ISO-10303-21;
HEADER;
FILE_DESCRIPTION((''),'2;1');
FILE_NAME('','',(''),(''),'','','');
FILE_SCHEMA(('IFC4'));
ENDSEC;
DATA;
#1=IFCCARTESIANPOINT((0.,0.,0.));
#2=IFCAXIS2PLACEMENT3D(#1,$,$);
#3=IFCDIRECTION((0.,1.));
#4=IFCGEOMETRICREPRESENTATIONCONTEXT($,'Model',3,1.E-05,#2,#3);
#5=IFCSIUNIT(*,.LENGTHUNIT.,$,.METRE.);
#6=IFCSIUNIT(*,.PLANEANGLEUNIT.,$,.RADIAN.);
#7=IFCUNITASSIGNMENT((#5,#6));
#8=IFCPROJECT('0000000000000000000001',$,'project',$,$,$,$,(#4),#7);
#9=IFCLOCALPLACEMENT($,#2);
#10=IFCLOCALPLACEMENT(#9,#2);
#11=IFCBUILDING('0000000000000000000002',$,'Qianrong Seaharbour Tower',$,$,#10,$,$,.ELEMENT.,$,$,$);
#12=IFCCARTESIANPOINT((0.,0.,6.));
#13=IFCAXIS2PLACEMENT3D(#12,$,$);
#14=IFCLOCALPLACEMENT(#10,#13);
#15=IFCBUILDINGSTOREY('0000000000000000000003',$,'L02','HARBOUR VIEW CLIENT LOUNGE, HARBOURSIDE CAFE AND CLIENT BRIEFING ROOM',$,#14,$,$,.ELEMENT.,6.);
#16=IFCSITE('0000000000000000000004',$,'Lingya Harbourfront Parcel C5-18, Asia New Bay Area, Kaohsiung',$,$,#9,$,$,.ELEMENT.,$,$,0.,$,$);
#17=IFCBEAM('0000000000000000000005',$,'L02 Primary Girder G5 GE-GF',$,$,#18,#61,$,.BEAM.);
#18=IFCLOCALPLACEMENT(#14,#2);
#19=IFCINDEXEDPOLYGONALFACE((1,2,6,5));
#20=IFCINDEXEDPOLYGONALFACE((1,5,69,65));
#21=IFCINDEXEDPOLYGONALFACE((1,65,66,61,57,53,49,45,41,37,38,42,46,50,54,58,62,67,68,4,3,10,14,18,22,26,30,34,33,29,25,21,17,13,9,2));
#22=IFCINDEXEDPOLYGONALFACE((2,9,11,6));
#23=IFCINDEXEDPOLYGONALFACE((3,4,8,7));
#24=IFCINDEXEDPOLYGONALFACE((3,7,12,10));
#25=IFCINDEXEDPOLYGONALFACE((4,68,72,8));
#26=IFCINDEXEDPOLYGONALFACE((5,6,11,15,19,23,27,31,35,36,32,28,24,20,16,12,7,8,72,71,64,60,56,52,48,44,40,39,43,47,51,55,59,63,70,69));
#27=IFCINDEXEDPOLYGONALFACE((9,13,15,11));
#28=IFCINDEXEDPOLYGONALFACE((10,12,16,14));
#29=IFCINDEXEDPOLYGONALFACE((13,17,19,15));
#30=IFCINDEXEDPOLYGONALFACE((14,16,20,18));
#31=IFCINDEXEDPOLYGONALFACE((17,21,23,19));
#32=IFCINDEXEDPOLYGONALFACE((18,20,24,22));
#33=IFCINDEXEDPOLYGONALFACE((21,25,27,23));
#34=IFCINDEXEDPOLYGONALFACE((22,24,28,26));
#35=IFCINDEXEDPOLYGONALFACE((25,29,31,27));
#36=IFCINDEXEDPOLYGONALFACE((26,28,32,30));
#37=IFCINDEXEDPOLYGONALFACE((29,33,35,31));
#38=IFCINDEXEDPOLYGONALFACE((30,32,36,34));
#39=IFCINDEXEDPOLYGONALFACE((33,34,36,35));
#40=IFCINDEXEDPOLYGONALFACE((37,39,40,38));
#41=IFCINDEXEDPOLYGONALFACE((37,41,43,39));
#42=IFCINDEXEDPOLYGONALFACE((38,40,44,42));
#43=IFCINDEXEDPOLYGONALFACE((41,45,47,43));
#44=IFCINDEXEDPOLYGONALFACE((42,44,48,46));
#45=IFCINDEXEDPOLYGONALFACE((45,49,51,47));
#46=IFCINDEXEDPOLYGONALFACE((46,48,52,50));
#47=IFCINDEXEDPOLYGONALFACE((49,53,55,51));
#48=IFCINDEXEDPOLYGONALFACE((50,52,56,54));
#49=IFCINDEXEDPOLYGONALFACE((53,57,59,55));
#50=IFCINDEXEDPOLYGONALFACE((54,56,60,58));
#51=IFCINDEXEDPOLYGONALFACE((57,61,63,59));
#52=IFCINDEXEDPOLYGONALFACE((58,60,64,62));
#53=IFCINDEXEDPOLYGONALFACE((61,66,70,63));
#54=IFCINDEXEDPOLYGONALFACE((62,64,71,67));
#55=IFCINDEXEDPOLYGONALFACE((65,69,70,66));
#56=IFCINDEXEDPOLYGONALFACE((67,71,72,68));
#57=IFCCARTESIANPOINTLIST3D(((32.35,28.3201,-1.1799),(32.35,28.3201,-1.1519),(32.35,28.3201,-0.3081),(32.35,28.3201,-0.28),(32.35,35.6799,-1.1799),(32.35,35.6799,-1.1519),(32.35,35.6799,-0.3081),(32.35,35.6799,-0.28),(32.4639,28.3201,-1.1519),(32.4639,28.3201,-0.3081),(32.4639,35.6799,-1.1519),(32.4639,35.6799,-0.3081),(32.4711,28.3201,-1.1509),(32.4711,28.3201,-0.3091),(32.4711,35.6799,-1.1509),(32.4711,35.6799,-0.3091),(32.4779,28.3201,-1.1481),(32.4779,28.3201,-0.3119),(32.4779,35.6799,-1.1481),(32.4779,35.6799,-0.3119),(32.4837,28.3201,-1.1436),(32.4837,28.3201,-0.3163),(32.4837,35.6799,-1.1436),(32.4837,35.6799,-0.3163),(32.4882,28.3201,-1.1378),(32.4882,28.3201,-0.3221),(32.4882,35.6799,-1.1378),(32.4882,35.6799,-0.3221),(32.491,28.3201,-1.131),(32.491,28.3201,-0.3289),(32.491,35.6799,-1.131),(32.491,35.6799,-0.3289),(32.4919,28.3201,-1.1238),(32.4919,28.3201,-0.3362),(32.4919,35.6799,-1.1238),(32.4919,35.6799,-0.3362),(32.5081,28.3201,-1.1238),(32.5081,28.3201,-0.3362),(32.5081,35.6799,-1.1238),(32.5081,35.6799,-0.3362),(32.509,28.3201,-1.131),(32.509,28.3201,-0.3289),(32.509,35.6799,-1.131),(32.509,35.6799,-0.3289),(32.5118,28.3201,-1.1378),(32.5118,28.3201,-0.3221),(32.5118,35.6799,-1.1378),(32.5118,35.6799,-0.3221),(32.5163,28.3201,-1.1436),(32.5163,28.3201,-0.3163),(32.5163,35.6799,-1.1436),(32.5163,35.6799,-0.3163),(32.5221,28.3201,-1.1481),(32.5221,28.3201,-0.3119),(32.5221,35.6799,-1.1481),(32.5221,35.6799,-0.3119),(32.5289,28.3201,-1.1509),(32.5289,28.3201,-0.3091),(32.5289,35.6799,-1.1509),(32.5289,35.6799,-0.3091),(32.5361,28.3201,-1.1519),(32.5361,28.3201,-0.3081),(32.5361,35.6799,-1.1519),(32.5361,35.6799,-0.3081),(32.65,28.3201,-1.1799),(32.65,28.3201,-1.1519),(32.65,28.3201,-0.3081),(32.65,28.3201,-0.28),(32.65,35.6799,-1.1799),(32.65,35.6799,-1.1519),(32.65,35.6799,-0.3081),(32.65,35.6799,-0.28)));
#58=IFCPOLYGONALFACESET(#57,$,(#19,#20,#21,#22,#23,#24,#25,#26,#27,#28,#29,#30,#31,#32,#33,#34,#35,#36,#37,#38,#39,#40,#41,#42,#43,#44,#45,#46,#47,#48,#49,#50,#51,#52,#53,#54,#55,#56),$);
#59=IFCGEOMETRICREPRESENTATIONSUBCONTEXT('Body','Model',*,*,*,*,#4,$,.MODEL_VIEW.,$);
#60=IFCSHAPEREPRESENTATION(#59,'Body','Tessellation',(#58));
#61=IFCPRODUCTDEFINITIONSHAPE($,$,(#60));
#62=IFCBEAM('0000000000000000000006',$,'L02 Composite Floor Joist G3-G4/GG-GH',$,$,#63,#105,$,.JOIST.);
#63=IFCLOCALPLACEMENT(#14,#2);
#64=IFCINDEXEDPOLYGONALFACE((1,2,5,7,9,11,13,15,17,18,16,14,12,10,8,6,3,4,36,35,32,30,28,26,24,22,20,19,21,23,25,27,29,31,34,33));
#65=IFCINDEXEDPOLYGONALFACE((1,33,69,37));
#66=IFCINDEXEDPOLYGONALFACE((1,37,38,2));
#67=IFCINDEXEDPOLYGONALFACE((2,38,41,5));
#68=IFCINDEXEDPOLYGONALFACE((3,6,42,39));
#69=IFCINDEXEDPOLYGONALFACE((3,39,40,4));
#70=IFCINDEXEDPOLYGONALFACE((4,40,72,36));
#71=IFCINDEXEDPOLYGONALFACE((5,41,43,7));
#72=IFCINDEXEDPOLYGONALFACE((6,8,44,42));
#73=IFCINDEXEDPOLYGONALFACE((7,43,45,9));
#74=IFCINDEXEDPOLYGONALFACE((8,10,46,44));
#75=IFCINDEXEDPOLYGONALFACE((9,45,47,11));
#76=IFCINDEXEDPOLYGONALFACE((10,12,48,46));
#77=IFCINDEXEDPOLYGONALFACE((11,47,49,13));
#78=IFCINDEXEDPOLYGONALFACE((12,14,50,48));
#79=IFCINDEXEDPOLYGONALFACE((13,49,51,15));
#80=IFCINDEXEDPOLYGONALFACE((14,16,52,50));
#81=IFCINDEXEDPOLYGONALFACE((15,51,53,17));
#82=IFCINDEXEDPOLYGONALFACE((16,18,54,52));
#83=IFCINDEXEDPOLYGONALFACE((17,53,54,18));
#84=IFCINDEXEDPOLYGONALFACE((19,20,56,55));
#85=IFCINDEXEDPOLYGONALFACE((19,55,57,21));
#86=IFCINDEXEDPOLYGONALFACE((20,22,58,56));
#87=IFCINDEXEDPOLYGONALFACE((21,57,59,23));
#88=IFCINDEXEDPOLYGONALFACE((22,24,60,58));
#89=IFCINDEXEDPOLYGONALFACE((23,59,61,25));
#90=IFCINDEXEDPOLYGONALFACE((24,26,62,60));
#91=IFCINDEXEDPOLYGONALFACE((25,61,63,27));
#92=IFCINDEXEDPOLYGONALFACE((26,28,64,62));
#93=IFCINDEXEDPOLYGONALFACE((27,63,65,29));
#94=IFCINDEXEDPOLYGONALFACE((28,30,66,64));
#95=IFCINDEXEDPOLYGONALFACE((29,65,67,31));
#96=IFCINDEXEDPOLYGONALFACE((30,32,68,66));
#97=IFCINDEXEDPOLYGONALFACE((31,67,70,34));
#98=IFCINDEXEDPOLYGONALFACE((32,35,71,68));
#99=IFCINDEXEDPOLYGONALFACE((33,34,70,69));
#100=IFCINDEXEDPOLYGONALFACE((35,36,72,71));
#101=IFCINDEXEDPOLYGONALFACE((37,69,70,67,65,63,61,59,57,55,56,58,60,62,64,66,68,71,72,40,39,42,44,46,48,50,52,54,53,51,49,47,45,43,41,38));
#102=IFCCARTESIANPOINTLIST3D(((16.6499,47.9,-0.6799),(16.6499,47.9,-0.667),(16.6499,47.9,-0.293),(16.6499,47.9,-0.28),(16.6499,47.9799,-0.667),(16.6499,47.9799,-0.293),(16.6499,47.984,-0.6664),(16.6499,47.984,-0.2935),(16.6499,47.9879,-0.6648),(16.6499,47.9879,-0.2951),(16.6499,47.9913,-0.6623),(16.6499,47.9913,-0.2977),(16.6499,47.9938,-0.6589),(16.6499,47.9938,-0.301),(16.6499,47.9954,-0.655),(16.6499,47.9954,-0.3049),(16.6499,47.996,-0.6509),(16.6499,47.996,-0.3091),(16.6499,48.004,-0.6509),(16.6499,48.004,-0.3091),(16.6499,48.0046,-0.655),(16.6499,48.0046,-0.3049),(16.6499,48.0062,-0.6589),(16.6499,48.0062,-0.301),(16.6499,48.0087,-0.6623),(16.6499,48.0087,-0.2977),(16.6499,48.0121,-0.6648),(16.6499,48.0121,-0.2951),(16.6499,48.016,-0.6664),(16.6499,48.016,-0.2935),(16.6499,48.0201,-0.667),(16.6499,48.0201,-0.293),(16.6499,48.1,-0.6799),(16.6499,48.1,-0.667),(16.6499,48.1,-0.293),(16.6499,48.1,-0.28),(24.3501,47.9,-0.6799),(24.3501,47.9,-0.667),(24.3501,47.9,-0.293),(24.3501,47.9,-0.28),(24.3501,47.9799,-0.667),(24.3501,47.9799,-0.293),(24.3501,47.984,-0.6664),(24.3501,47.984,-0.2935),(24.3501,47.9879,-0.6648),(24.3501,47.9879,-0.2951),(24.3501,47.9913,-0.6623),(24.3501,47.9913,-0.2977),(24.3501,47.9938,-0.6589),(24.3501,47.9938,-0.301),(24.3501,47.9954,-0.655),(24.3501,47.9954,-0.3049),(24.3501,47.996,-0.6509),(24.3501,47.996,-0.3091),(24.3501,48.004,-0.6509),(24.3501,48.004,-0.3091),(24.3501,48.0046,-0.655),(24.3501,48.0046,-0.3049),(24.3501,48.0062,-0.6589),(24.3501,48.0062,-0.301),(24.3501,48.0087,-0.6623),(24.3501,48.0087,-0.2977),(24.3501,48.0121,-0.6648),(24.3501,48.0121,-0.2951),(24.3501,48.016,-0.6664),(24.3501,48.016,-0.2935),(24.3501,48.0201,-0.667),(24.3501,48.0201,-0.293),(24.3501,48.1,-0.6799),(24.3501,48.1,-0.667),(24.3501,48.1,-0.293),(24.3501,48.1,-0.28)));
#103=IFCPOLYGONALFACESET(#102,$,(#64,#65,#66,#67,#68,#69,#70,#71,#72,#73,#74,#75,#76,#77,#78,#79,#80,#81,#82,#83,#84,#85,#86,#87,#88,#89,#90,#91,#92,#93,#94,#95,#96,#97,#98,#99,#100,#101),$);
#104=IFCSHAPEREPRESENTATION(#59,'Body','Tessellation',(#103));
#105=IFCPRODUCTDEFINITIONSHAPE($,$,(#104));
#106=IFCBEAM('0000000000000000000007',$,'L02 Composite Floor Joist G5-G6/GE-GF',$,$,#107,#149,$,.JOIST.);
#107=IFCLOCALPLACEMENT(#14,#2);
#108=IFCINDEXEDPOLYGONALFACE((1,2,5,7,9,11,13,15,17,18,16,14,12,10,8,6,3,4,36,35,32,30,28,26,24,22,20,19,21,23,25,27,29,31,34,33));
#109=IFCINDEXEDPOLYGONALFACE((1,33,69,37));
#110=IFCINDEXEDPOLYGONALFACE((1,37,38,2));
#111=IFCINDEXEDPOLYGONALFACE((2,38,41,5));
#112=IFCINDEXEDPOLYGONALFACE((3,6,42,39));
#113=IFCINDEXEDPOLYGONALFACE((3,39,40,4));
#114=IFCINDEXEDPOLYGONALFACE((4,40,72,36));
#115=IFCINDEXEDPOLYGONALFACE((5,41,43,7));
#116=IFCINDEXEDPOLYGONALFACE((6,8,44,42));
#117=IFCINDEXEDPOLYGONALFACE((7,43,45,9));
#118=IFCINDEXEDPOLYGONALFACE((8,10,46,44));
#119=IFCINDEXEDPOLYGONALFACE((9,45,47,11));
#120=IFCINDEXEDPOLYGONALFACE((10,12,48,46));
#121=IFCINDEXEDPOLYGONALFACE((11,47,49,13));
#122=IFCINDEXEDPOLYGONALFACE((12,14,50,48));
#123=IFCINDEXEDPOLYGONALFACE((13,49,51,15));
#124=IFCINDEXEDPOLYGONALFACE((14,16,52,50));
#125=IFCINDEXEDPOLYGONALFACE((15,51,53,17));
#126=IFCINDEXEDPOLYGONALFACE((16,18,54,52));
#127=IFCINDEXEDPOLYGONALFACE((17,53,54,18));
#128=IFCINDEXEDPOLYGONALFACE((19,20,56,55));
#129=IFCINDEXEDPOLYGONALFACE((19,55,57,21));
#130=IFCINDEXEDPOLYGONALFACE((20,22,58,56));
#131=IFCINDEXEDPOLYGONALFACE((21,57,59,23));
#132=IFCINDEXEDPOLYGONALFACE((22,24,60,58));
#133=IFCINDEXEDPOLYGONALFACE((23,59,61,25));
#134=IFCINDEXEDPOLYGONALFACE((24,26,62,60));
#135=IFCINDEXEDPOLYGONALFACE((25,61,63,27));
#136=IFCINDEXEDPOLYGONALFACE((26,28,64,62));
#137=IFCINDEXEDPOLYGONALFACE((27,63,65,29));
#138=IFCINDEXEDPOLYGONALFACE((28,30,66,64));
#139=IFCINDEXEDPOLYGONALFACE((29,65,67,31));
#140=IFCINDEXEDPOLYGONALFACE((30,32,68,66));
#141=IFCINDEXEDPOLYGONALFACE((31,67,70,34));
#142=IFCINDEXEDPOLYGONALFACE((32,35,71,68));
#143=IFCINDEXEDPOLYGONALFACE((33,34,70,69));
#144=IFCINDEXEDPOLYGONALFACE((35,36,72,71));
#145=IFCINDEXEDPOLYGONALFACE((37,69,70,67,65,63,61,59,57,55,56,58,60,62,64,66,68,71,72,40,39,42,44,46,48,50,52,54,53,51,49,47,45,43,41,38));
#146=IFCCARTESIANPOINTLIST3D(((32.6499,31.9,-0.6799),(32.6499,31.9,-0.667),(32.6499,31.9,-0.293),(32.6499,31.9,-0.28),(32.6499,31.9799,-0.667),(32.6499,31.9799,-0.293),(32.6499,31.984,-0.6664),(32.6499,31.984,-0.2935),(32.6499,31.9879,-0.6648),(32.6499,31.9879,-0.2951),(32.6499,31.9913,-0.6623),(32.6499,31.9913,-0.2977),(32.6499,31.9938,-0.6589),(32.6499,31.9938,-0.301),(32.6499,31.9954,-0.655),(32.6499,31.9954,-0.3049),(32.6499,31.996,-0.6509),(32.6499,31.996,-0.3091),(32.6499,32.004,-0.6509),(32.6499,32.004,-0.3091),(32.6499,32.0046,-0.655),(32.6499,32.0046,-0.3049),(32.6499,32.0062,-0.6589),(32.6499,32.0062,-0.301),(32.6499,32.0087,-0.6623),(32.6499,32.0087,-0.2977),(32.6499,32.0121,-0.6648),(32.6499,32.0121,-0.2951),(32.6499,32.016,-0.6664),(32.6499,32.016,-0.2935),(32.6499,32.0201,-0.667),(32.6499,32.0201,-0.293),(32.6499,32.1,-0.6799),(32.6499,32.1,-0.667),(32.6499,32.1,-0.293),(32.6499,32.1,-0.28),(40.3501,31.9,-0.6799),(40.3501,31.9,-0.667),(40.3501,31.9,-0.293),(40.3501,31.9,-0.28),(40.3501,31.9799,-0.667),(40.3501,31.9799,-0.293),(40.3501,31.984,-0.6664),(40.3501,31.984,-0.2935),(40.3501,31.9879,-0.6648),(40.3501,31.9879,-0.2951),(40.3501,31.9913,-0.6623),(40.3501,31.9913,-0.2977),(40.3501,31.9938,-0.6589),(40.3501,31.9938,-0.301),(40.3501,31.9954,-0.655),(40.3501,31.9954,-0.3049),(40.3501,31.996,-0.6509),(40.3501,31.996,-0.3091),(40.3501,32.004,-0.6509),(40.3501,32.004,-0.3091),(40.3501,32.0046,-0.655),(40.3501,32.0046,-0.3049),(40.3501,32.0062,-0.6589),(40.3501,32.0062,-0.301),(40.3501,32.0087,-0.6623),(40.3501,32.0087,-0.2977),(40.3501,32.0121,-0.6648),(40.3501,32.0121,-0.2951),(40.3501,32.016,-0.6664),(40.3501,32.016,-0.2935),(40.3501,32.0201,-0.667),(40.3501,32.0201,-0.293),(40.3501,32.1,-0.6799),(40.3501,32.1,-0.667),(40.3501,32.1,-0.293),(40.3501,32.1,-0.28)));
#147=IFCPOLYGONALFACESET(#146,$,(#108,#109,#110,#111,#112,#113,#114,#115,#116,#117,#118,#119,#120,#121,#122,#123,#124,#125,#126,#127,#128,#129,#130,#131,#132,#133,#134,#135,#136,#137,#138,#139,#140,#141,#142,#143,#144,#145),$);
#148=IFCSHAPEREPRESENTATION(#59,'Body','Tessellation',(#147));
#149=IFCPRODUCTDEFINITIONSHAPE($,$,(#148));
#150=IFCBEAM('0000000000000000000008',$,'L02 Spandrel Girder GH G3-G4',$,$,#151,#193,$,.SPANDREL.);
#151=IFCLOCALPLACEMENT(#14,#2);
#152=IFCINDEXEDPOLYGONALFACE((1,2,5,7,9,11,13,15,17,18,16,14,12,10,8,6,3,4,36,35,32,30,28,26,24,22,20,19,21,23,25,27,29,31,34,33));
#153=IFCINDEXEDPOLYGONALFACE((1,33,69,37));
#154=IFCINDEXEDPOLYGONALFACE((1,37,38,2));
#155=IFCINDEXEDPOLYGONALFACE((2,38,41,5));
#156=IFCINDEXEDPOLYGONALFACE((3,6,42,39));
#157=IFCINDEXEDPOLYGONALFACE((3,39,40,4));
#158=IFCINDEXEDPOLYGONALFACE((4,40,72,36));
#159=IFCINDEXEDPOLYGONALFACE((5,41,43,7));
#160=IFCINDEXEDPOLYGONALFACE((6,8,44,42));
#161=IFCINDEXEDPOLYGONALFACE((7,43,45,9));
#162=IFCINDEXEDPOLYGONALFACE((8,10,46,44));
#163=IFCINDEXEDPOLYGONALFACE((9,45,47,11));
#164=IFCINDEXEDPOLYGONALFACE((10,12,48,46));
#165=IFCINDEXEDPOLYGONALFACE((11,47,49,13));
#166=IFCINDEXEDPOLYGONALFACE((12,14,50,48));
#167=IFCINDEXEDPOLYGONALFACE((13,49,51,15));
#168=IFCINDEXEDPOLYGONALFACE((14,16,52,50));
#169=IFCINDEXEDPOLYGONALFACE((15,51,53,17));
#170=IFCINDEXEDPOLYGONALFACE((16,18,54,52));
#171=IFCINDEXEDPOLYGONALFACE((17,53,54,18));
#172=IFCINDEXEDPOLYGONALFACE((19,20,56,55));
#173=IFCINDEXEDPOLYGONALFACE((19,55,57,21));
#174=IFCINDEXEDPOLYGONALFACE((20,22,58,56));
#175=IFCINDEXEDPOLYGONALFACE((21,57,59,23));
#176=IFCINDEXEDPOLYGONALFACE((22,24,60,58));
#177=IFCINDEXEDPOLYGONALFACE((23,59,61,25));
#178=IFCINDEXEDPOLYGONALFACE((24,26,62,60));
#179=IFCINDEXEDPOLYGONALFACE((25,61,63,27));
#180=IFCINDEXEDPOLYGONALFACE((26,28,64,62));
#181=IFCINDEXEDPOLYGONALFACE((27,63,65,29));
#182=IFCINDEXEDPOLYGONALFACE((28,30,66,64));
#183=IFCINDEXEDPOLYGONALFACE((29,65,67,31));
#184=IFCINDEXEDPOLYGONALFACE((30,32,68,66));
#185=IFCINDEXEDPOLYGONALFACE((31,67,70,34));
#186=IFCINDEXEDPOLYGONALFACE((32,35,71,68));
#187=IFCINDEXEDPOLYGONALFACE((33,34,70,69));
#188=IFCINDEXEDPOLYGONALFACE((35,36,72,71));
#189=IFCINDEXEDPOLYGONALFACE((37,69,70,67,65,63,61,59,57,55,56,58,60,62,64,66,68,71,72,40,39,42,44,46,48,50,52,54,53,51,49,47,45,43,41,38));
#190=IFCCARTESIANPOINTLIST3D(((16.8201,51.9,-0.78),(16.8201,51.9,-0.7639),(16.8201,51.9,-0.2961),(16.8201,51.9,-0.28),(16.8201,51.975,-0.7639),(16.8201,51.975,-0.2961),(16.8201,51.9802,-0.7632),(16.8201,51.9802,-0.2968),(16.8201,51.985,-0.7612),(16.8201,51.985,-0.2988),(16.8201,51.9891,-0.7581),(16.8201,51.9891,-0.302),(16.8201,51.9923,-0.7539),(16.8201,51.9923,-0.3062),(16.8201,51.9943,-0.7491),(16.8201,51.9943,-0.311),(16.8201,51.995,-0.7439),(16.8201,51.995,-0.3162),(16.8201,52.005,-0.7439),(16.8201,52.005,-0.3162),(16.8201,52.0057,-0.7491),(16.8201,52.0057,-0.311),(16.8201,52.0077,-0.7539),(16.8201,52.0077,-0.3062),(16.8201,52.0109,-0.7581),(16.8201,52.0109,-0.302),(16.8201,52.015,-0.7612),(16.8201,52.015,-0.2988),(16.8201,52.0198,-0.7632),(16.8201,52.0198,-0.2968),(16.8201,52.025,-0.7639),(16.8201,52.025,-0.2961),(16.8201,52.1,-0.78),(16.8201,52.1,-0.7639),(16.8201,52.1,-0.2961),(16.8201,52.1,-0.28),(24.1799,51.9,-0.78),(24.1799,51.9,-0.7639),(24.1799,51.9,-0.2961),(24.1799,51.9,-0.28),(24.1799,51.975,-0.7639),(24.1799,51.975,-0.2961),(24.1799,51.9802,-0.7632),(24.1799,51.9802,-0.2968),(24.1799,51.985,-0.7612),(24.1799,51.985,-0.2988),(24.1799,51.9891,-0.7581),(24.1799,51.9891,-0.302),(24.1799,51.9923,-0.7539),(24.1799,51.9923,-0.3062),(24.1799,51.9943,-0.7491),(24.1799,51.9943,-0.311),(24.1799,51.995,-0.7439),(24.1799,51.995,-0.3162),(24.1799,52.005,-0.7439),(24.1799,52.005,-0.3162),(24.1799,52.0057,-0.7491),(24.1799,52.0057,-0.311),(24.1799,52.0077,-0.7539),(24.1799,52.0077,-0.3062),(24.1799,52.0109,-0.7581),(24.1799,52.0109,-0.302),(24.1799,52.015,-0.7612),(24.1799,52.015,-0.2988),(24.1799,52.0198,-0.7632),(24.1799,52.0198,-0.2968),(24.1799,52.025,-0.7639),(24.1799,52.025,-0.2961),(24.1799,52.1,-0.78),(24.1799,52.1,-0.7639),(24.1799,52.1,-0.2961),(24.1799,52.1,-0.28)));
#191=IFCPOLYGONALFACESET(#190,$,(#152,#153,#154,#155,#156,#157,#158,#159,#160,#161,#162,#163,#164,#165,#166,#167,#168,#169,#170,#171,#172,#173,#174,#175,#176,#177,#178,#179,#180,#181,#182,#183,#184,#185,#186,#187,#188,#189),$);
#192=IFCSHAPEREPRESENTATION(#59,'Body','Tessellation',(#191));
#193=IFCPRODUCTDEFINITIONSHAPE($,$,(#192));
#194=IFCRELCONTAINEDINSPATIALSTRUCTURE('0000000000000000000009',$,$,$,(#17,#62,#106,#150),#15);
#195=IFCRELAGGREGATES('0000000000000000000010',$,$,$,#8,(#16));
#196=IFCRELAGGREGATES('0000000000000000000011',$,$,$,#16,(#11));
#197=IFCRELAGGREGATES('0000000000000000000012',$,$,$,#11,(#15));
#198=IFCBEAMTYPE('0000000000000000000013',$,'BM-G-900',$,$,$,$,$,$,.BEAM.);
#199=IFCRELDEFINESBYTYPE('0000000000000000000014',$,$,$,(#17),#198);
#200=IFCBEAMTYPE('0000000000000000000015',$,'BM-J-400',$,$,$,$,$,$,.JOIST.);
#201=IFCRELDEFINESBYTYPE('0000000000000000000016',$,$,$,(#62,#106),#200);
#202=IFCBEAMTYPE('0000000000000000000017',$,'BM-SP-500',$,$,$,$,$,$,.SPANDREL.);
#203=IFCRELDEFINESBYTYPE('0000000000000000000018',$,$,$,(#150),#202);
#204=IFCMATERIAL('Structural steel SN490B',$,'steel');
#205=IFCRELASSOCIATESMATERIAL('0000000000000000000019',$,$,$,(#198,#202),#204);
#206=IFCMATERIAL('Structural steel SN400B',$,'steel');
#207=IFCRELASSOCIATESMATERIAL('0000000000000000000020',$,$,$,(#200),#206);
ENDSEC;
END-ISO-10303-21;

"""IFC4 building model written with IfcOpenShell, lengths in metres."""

from ifc_helpers import new_model, si_unit, direction, frame, origin, origin_2d, place, context, subcontext, project, spatial, i_section, extrude, material, material_profile, profile_set, type_object, element, save


model = new_model("IFC4")

# Units and contexts
model_context = context("Model", 3, precision=1e-05, world=origin(), true_north=direction((0.0, 1.0)))
body_context = subcontext(model_context, "Body", "Model", "MODEL_VIEW")
ifc_project = project(units=[si_unit("LENGTHUNIT", "METRE"), si_unit("PLANEANGLEUNIT", "RADIAN")], contexts=[model_context])

# Site, building, storey
site_placement = place(None, origin())
site = spatial("IfcSite", under=ifc_project, at=site_placement, Name="Lingya Harbourfront Parcel C5-18, Asia New Bay Area, Kaohsiung", CompositionType="ELEMENT", RefElevation=0.0)
building_placement = place(site_placement, origin())
building = spatial("IfcBuilding", under=site, at=building_placement, Name="Qianrong Seaharbour Tower", CompositionType="ELEMENT")
storey_placement = place(building_placement, frame((0.0, 0.0, 6.0)))
storey = spatial("IfcBuildingStorey", under=building, at=storey_placement, Name="L02", Description="HARBOUR VIEW CLIENT LOUNGE, HARBOURSIDE CAFE AND CLIENT BRIEFING ROOM", CompositionType="ELEMENT", Elevation=6.0)

# Shared definitions
ifc_material_1 = material(Name="Structural steel SN490B", Category="steel")

# Beams
ifc_material_profile_1 = material_profile(ifc_material_1, i_section(OverallWidth=0.3, OverallDepth=0.8999, WebThickness=0.0161, FlangeThickness=0.0281, FilletRadius=0.0281, at=origin_2d()), Name="H900x300x16x28")
ifc_profile_set_1 = profile_set([ifc_material_profile_1], Name="Structural steel SN490B")
beam_type_1 = type_object("IfcBeamType", Name="BM-G-900", PredefinedType="BEAM", material=ifc_profile_set_1)
for number, where, z_axis, x_axis, name in (
    (1, (32.5, 28.3201, -0.73), (0.0, 1.0, 0.0), (-1.0, 0.0, 0.0), "L02 Primary Girder G5 GE-GF"),
):
    element("IfcBeam", number, at=place(storey_placement, frame(where, z_axis=z_axis, x_axis=x_axis)), inside=storey, type_object=beam_type_1, Name=name, PredefinedType="BEAM", context=body_context, shape_type="SweptSolid", body=[
        extrude(i_section(OverallWidth=0.3, OverallDepth=0.8999, WebThickness=0.0161, FlangeThickness=0.0281, FilletRadius=0.0281, at=origin_2d()), origin(), (0.0, 0.0, 1.0), 7.3599),
    ])
ifc_material_2 = material(Name="Structural steel SN400B", Category="steel")
ifc_material_profile_2 = material_profile(ifc_material_2, i_section(OverallWidth=0.2, OverallDepth=0.3999, WebThickness=0.0081, FlangeThickness=0.0129, FilletRadius=0.0161, at=origin_2d()), Name="H400x200x8x13")
ifc_profile_set_2 = profile_set([ifc_material_profile_2], Name="Structural steel SN400B")
beam_type_2 = type_object("IfcBeamType", Name="BM-J-400", PredefinedType="JOIST", material=ifc_profile_set_2)
for number, where, z_axis, x_axis, name in (
    (2, (16.6499, 48.0, -0.48), (1.0, 0.0, 0.0), (0.0, 1.0, 0.0), "L02 Composite Floor Joist G3-G4/GG-GH"),
    (3, (32.6499, 32.0, -0.48), (1.0, 0.0, 0.0), (0.0, 1.0, 0.0), "L02 Composite Floor Joist G5-G6/GE-GF"),
):
    element("IfcBeam", number, at=place(storey_placement, frame(where, z_axis=z_axis, x_axis=x_axis)), inside=storey, type_object=beam_type_2, Name=name, PredefinedType="JOIST", context=body_context, shape_type="SweptSolid", body=[
        extrude(i_section(OverallWidth=0.2, OverallDepth=0.3999, WebThickness=0.0081, FlangeThickness=0.0129, FilletRadius=0.0161, at=origin_2d()), origin(), (0.0, 0.0, 1.0), 7.7002),
    ])
ifc_material_profile_3 = material_profile(ifc_material_1, i_section(OverallWidth=0.2, OverallDepth=0.5, WebThickness=0.01, FlangeThickness=0.0161, FilletRadius=0.02, at=origin_2d()), Name="H500x200x10x16")
ifc_profile_set_3 = profile_set([ifc_material_profile_3], Name="Structural steel SN490B")
beam_type_3 = type_object("IfcBeamType", Name="BM-SP-500", PredefinedType="SPANDREL", material=ifc_profile_set_3)
for number, where, z_axis, x_axis, name in (
    (4, (16.8201, 52.0, -0.53), (1.0, 0.0, 0.0), (0.0, 1.0, 0.0), "L02 Spandrel Girder GH G3-G4"),
):
    element("IfcBeam", number, at=place(storey_placement, frame(where, z_axis=z_axis, x_axis=x_axis)), inside=storey, type_object=beam_type_3, Name=name, PredefinedType="SPANDREL", context=body_context, shape_type="SweptSolid", body=[
        extrude(i_section(OverallWidth=0.2, OverallDepth=0.5, WebThickness=0.01, FlangeThickness=0.0161, FilletRadius=0.02, at=origin_2d()), origin(), (0.0, 0.0, 1.0), 7.3599),
    ])

save(model, "model.ifc")
